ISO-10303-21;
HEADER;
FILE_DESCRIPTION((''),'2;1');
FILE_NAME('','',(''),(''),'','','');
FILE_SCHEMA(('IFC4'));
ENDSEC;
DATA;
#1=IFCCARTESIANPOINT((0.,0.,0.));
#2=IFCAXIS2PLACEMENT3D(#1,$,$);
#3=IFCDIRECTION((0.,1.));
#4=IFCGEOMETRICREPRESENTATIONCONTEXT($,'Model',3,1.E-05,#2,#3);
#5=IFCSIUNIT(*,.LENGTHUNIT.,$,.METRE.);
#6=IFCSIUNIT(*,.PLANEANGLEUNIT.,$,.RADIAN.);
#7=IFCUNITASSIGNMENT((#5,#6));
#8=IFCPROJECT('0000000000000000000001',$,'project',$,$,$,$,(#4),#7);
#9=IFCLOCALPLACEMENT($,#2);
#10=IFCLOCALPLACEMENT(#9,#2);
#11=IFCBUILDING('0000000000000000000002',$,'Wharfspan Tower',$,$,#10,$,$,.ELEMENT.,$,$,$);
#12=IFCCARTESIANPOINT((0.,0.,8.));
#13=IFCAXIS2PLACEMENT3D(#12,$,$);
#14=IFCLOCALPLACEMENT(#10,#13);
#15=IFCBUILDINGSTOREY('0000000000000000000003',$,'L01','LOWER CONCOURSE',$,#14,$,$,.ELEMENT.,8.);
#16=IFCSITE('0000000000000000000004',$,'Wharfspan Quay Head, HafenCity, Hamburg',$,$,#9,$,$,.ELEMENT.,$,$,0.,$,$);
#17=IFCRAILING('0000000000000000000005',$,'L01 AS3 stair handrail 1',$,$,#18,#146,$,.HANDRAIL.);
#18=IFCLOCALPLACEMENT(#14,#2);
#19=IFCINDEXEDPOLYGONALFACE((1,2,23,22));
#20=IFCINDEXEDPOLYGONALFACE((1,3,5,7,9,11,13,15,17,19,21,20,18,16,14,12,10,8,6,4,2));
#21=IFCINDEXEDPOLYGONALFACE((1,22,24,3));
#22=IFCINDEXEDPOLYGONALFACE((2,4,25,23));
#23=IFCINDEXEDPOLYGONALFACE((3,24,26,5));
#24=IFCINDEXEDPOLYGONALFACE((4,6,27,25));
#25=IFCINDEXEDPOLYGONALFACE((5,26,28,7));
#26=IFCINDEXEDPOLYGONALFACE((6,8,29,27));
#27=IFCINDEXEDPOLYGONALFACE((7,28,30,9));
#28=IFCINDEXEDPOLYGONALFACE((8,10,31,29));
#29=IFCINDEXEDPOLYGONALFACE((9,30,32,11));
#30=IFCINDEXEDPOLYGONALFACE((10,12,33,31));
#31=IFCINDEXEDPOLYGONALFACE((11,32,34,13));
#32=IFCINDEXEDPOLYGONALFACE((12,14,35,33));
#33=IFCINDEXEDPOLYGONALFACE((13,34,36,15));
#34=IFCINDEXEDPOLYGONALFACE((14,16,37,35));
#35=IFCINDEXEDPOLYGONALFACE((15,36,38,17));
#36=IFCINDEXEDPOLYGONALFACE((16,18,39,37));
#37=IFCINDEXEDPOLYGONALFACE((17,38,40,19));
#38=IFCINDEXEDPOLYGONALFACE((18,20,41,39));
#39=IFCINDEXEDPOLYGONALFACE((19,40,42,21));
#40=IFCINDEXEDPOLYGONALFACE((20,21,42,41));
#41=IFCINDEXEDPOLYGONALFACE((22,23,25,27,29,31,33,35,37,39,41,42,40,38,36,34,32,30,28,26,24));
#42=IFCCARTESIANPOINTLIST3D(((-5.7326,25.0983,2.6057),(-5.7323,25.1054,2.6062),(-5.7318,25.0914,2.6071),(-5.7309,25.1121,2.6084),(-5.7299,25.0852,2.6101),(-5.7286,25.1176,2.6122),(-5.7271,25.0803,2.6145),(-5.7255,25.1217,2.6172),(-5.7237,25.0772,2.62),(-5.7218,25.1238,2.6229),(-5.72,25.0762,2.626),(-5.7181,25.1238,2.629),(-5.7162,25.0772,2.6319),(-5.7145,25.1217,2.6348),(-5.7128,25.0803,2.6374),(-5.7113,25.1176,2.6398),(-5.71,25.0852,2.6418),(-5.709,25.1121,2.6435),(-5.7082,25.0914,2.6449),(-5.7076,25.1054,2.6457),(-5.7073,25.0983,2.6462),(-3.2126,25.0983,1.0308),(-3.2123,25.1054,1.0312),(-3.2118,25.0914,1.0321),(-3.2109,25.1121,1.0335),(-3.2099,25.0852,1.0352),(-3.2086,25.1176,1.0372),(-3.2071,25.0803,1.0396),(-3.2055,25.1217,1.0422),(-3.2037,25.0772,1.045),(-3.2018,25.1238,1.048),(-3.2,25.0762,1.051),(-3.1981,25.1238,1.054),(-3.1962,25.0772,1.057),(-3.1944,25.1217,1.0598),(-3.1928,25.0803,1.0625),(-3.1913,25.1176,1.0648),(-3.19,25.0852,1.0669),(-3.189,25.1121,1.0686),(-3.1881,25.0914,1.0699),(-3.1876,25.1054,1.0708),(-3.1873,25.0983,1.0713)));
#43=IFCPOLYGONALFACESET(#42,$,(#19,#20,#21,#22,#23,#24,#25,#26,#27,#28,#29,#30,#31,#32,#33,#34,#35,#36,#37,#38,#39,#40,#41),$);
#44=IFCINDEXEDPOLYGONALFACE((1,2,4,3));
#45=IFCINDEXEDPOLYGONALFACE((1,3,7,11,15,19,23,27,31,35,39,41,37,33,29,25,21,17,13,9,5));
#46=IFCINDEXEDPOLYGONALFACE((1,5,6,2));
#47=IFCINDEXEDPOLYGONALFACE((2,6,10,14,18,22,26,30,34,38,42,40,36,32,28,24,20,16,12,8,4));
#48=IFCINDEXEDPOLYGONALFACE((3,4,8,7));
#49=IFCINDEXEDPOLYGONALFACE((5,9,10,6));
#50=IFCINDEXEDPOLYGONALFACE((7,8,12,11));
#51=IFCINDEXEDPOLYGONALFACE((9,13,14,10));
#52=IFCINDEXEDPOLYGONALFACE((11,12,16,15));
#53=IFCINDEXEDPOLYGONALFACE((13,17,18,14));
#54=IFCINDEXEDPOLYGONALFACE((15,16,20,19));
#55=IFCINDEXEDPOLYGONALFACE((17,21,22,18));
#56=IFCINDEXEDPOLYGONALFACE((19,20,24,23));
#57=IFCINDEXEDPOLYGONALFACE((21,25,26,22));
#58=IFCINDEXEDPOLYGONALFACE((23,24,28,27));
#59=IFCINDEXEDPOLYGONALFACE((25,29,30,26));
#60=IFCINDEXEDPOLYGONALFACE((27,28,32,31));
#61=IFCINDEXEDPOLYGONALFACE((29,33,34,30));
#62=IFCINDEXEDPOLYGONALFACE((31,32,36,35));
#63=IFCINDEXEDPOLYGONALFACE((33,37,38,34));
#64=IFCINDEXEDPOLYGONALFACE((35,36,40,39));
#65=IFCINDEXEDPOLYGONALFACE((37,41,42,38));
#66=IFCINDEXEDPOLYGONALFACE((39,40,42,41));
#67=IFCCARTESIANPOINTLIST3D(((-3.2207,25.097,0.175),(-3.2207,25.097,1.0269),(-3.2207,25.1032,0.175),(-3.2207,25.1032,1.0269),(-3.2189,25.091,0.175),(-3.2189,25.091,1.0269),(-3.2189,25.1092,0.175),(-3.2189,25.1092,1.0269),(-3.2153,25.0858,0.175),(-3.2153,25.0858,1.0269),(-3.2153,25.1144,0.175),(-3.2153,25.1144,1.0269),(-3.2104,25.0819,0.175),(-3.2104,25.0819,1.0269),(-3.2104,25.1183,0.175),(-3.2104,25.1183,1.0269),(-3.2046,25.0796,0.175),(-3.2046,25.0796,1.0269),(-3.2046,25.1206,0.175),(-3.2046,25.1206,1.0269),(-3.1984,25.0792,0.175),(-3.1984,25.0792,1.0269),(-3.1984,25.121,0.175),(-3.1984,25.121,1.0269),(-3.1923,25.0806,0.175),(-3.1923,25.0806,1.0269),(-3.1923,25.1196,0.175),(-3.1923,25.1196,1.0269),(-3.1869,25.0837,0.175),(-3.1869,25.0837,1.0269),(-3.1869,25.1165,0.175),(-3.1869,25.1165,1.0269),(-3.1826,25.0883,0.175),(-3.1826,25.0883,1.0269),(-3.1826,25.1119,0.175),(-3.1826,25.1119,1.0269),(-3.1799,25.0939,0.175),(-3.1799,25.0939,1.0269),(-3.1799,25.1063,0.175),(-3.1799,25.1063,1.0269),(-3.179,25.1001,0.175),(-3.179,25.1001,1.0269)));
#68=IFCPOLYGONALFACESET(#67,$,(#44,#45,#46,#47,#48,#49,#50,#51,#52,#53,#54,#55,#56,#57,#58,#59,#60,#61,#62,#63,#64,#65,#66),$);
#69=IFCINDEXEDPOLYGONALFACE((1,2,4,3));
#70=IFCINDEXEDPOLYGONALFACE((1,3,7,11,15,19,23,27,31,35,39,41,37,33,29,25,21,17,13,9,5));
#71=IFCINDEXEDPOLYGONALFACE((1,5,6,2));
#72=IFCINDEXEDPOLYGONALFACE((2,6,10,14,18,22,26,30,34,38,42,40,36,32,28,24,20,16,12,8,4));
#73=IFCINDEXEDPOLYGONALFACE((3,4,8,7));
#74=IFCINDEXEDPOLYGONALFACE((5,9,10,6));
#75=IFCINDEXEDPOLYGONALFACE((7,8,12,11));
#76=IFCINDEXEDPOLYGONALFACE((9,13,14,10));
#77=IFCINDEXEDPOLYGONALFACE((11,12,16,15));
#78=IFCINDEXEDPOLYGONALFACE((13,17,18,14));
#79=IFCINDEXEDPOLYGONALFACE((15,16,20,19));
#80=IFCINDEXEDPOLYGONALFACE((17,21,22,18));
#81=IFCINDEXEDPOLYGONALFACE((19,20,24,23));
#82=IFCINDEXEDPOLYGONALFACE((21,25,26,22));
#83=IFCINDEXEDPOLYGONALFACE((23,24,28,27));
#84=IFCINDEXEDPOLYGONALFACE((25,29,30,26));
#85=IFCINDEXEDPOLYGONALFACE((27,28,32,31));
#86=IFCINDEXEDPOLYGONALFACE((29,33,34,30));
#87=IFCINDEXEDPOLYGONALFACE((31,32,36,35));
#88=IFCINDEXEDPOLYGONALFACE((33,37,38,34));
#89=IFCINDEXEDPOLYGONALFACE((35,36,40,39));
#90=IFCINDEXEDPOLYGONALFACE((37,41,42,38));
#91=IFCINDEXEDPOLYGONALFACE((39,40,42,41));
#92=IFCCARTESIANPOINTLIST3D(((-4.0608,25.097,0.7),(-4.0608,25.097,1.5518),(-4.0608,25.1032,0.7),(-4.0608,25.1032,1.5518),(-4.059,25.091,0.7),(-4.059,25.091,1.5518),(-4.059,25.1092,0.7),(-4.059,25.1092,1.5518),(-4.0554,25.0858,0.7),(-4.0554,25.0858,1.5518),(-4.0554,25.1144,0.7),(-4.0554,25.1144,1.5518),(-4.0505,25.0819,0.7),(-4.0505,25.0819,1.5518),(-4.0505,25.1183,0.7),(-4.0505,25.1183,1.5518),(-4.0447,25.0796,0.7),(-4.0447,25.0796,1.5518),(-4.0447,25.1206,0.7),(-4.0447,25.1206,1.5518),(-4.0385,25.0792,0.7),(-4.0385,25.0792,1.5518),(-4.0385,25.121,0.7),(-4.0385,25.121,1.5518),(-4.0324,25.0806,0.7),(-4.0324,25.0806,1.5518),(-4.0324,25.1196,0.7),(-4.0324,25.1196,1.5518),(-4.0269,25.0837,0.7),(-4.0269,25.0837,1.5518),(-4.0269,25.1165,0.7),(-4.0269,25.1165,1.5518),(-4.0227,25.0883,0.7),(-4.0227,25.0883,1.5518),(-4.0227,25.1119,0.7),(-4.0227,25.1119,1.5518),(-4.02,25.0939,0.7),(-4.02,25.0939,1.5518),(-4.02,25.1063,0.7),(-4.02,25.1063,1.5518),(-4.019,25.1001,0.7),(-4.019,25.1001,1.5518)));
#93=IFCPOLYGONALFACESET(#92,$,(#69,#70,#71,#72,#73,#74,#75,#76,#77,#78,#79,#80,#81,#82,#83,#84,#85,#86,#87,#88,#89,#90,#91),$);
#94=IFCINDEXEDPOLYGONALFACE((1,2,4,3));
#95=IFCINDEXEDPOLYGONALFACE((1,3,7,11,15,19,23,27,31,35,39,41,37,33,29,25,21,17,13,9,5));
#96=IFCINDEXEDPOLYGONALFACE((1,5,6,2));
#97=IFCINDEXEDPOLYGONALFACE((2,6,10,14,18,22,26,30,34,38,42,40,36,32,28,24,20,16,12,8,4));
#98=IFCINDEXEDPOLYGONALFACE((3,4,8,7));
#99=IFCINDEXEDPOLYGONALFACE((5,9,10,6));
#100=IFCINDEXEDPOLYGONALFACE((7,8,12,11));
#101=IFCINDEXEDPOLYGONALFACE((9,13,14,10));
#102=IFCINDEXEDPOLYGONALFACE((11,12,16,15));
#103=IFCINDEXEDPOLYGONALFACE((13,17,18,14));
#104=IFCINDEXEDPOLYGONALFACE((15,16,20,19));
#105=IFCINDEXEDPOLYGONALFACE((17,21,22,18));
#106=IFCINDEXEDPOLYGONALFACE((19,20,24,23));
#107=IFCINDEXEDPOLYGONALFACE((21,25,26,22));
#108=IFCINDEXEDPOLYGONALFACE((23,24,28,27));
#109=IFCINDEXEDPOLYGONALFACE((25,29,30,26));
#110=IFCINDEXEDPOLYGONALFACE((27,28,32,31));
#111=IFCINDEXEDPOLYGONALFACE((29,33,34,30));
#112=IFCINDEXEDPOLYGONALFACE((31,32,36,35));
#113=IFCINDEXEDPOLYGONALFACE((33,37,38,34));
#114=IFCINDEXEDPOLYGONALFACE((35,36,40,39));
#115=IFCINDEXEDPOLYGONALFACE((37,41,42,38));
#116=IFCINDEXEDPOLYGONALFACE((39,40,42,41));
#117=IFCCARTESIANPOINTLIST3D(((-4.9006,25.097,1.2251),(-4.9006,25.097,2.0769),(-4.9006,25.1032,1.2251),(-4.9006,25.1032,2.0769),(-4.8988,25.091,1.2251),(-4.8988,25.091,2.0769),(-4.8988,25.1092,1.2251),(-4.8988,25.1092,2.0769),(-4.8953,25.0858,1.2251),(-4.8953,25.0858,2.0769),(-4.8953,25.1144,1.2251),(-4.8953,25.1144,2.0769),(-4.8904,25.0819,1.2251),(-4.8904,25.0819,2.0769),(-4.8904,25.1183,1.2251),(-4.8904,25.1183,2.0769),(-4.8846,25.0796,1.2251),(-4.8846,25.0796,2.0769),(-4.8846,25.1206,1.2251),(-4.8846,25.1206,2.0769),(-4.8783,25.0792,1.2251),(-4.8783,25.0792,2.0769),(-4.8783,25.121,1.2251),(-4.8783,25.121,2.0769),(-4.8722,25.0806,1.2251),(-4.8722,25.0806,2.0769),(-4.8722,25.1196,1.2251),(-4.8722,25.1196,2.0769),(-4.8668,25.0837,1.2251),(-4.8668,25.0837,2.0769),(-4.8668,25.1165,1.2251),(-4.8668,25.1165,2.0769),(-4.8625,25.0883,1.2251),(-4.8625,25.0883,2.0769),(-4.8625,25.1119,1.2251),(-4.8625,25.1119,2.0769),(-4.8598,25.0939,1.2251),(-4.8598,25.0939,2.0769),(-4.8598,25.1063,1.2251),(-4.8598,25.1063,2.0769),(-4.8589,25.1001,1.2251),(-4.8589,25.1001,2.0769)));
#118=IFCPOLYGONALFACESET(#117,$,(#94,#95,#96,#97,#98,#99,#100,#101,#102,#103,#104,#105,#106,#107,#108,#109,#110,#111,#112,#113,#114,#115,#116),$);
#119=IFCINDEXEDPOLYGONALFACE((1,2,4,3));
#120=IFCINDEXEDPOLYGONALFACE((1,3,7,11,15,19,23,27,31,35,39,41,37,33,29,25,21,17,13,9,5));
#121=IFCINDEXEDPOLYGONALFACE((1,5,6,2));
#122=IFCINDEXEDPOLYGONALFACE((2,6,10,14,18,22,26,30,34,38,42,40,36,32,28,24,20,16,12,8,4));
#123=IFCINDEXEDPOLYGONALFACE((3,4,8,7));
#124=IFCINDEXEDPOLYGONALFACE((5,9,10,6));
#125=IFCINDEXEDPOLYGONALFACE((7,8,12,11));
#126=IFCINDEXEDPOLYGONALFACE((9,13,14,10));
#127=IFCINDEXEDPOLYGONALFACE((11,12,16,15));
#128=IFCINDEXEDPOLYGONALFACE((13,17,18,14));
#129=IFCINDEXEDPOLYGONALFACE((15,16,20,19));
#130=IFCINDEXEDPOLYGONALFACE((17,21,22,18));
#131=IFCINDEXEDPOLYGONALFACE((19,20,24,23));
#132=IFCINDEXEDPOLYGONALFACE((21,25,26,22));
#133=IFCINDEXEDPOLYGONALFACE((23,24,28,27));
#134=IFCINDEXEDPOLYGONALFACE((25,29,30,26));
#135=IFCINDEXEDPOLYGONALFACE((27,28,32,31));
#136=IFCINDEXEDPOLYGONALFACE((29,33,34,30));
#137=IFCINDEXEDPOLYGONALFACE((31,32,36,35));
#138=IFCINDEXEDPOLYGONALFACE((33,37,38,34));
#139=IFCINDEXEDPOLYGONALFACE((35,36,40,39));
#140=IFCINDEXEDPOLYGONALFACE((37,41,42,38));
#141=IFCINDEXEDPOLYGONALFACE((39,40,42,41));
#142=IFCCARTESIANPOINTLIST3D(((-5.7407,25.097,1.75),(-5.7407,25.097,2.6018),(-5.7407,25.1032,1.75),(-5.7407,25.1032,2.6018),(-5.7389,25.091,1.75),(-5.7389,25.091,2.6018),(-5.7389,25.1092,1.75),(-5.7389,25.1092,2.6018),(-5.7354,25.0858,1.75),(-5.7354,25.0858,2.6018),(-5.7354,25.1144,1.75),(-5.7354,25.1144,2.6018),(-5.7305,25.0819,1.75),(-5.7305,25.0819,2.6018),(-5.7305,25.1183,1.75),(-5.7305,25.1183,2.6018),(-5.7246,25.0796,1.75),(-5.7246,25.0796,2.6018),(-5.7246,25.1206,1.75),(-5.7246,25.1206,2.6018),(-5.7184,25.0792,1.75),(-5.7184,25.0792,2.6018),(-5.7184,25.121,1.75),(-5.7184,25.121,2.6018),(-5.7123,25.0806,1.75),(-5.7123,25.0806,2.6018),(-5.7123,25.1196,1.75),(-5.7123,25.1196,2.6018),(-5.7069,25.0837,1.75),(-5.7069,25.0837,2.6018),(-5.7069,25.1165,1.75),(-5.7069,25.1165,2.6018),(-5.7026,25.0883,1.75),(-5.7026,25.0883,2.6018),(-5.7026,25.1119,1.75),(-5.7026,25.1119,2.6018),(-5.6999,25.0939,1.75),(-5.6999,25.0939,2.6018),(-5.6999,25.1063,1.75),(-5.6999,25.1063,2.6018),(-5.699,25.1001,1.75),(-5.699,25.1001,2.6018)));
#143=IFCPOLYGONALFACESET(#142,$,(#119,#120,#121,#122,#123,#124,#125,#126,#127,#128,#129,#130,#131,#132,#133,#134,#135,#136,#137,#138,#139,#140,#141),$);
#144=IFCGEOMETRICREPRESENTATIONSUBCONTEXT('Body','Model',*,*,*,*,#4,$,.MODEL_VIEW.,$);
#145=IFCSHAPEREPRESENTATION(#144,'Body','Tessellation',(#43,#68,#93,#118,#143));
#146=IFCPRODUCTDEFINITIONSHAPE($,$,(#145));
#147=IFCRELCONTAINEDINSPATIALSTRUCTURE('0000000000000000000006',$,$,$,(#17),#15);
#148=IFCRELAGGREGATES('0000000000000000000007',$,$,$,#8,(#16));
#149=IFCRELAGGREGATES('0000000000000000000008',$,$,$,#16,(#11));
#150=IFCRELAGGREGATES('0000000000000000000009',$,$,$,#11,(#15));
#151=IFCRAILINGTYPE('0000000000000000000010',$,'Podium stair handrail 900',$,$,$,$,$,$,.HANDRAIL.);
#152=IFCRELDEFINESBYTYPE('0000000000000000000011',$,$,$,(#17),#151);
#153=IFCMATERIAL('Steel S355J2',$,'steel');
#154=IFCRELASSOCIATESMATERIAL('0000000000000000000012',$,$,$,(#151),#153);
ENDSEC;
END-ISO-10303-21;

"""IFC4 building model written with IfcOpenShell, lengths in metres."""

from ifc_helpers import new_model, si_unit, direction, frame, origin, origin_2d, place, context, subcontext, project, spatial, circle, extrude, material, type_object, element, save


model = new_model("IFC4")

# Units and contexts
model_context = context("Model", 3, precision=1e-05, world=origin(), true_north=direction((0.0, 1.0)))
body_context = subcontext(model_context, "Body", "Model", "MODEL_VIEW")
ifc_project = project(units=[si_unit("LENGTHUNIT", "METRE"), si_unit("PLANEANGLEUNIT", "RADIAN")], contexts=[model_context])

# Site, building, storey
site_placement = place(None, origin())
site = spatial("IfcSite", under=ifc_project, at=site_placement, Name="Wharfspan Quay Head, HafenCity, Hamburg", CompositionType="ELEMENT", RefElevation=0.0)
building_placement = place(site_placement, origin())
building = spatial("IfcBuilding", under=site, at=building_placement, Name="Wharfspan Tower", CompositionType="ELEMENT")
storey_placement = place(building_placement, frame((0.0, 0.0, 8.0)))
storey = spatial("IfcBuildingStorey", under=building, at=storey_placement, Name="L01", Description="LOWER CONCOURSE", CompositionType="ELEMENT", Elevation=8.0)

# Railing
ifc_material_1 = material(Name="Steel S355J2", Category="steel")
railing_type_1 = type_object("IfcRailingType", Name="Podium stair handrail 900", PredefinedType="HANDRAIL", material=ifc_material_1)
for number, where, name in (
    (1, (-3.2, 25.1001, 0.175), "L01 AS3 stair handrail 1"),
):
    element("IfcRailing", number, at=place(storey_placement, frame(where)), inside=storey, type_object=railing_type_1, Name=name, PredefinedType="HANDRAIL", context=body_context, shape_type="SweptSolid", body=[
        extrude(circle(Radius=0.0239, at=origin_2d()), frame((0.0, 0.0, 0.876), z_axis=(-0.848008, 0.0, 0.529984), x_axis=(0.0, -1.0, 0.0)), (0.0, 0.0, 1.0), 2.9717),
        extrude(circle(Radius=0.021, at=origin_2d()), origin(), (0.0, 0.0, 1.0), 0.8518),
        extrude(circle(Radius=0.021, at=origin_2d()), frame((-0.8401, 0.0, 0.5249)), (0.0, 0.0, 1.0), 0.8518),
        extrude(circle(Radius=0.021, at=origin_2d()), frame((-1.6799, 0.0, 1.05)), (0.0, 0.0, 1.0), 0.8518),
        extrude(circle(Radius=0.021, at=origin_2d()), frame((-2.52, 0.0, 1.575)), (0.0, 0.0, 1.0), 0.8518),
    ])

save(model, "model.ifc")
